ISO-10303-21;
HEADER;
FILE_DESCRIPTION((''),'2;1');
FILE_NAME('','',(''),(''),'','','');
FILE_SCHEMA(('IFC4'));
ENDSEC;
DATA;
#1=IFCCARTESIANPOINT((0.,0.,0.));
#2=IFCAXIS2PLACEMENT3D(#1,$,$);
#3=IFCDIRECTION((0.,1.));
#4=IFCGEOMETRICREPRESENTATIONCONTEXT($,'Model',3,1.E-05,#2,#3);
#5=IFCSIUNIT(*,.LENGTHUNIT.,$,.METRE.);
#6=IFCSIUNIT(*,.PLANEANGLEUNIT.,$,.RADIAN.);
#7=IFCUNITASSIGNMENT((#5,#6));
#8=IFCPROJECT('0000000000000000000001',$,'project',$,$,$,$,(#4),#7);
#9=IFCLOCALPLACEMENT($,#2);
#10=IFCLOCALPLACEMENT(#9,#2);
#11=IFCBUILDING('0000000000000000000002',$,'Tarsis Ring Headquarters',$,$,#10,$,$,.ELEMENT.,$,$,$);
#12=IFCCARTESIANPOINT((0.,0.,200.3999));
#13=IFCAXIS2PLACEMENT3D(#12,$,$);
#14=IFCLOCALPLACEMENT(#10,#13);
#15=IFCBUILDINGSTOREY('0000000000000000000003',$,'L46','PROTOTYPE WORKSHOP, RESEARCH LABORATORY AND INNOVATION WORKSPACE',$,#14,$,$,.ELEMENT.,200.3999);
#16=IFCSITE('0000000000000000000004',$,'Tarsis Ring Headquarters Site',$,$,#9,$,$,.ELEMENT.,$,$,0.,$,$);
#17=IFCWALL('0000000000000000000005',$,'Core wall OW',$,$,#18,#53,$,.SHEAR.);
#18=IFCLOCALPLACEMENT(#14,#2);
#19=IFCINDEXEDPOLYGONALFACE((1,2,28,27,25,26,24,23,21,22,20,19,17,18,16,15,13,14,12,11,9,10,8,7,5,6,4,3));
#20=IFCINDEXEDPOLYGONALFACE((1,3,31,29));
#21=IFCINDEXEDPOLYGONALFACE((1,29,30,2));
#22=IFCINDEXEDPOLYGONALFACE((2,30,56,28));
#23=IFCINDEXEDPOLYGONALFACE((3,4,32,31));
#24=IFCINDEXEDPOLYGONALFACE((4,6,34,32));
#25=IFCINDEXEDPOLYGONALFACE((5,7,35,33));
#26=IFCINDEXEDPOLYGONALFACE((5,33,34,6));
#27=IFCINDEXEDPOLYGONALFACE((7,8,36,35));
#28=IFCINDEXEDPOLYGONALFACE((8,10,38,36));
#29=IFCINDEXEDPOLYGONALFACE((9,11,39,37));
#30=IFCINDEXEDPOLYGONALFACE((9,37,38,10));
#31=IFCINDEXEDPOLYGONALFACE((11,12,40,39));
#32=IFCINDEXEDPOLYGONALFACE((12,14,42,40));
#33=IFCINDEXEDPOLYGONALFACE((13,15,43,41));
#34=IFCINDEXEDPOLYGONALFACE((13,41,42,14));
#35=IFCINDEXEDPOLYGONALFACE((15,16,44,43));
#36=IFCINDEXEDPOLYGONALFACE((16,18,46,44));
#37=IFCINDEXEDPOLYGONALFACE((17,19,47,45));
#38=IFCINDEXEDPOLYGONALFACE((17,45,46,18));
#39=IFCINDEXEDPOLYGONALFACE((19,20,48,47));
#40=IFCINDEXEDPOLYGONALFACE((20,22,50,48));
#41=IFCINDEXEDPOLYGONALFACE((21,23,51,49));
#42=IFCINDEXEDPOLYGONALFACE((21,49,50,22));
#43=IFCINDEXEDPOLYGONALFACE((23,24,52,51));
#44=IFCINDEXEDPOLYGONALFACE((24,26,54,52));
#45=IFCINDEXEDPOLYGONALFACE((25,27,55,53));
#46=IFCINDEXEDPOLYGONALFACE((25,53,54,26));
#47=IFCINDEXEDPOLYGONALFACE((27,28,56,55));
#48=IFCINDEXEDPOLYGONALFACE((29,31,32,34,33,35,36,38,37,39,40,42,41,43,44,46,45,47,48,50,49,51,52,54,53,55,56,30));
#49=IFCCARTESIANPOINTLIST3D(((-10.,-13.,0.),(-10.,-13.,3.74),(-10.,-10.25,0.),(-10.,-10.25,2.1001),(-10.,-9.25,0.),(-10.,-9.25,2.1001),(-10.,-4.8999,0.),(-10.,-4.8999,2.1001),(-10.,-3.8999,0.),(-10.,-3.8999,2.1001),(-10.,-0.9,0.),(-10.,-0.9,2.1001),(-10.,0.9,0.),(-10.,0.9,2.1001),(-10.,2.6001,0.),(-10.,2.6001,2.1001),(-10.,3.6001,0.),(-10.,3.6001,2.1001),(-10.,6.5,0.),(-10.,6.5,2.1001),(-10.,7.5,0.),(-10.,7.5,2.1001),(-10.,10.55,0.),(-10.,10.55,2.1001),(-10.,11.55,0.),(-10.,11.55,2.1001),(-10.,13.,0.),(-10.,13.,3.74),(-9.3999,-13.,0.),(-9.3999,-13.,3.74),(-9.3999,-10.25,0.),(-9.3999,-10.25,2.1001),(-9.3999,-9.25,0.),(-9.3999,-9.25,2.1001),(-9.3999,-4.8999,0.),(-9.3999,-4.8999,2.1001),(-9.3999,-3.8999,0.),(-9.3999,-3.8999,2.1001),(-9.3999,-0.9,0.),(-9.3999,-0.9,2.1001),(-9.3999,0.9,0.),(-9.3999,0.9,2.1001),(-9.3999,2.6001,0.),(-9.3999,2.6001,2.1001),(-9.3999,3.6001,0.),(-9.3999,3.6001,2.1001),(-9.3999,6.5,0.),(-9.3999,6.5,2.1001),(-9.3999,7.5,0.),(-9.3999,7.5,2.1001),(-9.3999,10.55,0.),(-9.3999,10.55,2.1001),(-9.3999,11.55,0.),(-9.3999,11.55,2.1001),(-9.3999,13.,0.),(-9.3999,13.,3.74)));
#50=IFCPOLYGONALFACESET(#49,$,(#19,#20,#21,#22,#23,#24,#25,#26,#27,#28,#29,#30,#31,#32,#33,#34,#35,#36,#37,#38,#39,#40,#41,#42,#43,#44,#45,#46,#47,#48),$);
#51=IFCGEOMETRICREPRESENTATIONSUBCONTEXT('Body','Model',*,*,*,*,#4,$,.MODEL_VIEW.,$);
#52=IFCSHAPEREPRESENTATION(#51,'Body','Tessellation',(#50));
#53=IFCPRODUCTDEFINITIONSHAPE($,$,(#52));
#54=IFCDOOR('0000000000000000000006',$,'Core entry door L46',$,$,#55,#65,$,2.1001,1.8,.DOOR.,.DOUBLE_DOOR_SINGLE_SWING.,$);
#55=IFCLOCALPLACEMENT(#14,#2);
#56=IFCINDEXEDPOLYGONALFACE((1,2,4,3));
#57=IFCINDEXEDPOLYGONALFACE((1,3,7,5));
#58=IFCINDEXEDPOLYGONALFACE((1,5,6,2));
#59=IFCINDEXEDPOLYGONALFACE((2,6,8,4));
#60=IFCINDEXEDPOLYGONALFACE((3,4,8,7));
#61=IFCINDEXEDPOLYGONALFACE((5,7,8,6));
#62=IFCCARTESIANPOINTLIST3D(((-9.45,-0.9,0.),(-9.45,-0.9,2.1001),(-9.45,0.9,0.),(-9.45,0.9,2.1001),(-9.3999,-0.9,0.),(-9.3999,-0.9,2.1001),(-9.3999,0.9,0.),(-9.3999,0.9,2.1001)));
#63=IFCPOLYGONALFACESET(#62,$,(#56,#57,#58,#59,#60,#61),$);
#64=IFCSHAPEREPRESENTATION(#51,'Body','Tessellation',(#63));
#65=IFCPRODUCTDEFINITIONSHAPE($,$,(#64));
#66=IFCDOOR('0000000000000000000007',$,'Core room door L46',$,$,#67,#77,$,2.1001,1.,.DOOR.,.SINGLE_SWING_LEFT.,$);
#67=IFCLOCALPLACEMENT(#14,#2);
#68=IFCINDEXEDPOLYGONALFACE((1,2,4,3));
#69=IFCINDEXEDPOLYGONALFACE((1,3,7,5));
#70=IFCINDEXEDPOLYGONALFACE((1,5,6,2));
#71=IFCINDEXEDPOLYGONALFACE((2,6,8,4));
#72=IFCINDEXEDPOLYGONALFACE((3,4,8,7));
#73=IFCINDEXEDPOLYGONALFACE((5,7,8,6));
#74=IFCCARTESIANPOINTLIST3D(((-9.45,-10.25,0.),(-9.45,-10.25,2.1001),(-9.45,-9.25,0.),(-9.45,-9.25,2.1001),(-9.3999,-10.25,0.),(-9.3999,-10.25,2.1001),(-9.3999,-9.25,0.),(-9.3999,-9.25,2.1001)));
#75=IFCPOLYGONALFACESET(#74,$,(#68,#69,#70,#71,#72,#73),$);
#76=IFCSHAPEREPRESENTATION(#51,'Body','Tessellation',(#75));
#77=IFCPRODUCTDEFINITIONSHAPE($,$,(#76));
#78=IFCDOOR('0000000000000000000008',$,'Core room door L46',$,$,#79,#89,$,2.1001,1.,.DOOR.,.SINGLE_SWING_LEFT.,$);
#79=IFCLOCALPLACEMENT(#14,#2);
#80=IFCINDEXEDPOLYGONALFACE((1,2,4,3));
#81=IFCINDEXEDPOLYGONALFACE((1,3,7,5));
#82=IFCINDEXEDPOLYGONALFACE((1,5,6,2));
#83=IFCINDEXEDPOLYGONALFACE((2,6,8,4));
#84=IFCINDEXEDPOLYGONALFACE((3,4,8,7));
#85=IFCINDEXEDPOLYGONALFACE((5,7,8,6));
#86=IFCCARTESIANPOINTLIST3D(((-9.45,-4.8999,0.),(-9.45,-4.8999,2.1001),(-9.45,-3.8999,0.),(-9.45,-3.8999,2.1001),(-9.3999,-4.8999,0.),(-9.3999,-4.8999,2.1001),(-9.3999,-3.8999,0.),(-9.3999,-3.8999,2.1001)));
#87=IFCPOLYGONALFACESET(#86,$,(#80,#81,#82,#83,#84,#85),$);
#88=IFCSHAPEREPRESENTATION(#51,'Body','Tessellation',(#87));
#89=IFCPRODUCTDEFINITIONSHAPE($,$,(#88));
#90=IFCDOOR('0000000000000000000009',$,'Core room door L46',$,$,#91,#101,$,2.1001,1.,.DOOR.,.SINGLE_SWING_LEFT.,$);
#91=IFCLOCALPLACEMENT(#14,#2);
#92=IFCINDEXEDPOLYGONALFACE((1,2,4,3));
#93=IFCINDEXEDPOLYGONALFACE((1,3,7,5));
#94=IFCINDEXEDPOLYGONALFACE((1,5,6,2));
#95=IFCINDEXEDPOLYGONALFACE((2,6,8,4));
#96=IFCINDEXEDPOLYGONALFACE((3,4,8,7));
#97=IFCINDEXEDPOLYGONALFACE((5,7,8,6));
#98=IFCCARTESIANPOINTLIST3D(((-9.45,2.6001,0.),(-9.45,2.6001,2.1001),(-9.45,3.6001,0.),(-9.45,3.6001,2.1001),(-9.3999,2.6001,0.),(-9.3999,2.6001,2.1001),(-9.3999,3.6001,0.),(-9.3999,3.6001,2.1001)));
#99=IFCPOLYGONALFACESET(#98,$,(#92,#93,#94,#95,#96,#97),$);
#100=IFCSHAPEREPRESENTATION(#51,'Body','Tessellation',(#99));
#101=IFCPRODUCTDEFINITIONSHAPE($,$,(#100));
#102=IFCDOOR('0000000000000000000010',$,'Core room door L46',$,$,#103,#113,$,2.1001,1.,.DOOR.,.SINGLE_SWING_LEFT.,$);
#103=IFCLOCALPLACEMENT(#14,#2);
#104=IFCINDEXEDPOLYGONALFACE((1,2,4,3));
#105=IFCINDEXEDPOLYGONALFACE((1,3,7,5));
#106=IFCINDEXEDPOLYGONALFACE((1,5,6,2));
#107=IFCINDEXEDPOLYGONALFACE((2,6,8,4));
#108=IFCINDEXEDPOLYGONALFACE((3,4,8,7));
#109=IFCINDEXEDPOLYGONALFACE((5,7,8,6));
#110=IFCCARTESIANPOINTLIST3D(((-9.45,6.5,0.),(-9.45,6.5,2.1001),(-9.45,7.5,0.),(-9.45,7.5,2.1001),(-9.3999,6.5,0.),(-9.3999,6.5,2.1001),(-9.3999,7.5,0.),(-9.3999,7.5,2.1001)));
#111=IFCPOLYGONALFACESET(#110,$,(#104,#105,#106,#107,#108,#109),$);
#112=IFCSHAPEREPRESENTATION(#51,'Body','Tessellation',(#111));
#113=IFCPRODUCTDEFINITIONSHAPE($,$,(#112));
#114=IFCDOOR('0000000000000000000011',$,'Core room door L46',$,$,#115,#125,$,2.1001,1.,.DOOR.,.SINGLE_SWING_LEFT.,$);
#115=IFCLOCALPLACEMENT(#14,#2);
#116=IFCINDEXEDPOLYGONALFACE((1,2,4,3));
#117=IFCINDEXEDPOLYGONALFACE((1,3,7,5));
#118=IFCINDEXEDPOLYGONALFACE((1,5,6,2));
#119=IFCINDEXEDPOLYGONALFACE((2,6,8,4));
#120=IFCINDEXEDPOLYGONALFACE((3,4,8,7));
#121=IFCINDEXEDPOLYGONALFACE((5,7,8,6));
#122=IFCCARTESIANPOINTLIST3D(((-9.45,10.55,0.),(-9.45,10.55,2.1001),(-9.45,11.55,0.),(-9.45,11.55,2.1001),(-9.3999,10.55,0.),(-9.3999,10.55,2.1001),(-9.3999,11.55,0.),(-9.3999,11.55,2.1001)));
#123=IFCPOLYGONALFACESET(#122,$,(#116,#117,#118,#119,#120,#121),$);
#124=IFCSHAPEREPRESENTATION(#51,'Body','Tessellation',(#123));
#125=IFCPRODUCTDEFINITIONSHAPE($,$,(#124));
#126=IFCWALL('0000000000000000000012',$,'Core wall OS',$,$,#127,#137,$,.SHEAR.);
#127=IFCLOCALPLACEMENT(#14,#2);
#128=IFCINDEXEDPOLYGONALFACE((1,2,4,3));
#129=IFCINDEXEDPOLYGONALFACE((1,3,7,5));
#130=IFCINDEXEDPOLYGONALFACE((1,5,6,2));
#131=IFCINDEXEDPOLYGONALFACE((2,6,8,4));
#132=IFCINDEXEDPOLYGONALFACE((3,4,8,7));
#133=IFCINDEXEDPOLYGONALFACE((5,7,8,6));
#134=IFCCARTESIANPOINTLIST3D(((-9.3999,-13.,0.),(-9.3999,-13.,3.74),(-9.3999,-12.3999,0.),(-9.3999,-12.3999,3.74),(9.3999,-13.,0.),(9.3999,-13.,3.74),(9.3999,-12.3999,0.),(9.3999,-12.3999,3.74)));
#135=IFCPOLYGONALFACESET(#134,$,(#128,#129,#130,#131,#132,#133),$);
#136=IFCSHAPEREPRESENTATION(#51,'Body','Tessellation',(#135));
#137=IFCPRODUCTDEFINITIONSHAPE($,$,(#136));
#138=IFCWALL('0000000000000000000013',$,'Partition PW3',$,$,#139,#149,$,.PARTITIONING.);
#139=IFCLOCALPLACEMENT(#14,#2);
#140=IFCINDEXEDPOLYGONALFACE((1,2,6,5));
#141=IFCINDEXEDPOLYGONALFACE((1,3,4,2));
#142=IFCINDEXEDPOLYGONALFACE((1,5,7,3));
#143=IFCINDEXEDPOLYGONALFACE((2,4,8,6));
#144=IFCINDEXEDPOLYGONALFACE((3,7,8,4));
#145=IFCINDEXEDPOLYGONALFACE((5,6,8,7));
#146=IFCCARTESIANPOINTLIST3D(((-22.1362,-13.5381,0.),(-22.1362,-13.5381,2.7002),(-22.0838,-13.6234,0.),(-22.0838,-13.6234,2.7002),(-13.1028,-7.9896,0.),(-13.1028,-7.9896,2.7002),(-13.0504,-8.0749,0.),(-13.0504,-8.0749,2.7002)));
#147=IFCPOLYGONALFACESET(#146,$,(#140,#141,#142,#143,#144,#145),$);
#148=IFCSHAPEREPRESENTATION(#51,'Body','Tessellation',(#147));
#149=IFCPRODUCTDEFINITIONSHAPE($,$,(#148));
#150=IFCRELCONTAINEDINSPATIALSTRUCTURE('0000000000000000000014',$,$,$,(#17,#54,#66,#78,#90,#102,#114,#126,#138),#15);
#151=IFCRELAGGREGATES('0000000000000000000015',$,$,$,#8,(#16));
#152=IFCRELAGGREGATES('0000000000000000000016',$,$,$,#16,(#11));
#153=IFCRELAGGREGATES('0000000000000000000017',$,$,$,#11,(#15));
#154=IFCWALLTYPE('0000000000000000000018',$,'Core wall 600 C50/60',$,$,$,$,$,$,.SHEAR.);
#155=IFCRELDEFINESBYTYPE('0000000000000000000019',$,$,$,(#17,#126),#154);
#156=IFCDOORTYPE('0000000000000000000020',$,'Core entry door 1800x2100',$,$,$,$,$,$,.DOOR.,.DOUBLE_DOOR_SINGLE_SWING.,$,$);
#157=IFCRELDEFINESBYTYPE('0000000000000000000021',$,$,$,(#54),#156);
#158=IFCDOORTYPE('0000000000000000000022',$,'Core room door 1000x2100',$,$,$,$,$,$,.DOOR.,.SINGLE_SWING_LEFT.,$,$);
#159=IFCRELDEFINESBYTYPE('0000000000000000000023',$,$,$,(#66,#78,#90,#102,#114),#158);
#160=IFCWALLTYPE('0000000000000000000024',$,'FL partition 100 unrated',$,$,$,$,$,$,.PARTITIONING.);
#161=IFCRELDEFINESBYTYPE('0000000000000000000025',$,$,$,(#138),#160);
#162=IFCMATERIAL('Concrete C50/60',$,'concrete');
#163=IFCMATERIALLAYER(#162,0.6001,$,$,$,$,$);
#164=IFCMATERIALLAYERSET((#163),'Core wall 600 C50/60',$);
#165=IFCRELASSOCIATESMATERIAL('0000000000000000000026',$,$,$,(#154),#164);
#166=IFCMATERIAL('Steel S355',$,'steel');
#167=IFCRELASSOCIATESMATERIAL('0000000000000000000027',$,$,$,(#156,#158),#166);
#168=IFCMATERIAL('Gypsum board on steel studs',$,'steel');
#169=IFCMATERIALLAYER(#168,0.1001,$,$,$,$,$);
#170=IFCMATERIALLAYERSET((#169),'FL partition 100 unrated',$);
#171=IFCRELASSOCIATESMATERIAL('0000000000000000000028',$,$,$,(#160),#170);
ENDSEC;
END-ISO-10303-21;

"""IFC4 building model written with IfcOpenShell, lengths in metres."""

from ifc_helpers import new_model, si_unit, direction, frame, frame_2d, origin, place, context, subcontext, project, spatial, rectangle, extrude, material, layer, layer_set, type_object, element, fill, save


model = new_model("IFC4")

# Units and contexts
model_context = context("Model", 3, precision=1e-05, world=origin(), true_north=direction((0.0, 1.0)))
body_context = subcontext(model_context, "Body", "Model", "MODEL_VIEW")
ifc_project = project(units=[si_unit("LENGTHUNIT", "METRE"), si_unit("PLANEANGLEUNIT", "RADIAN")], contexts=[model_context])

# Site, building, storey
site_placement = place(None, origin())
site = spatial("IfcSite", under=ifc_project, at=site_placement, Name="Tarsis Ring Headquarters Site", CompositionType="ELEMENT", RefElevation=0.0)
building_placement = place(site_placement, origin())
building = spatial("IfcBuilding", under=site, at=building_placement, Name="Tarsis Ring Headquarters", CompositionType="ELEMENT")
storey_placement = place(building_placement, frame((0.0, 0.0, 200.3999)))
storey = spatial("IfcBuildingStorey", under=building, at=storey_placement, Name="L46", Description="PROTOTYPE WORKSHOP, RESEARCH LABORATORY AND INNOVATION WORKSPACE", CompositionType="ELEMENT", Elevation=200.3999)

# Wall, openings, doors
ifc_material_1 = material(Name="Concrete C50/60", Category="concrete")
ifc_layer_1 = layer(ifc_material_1, 0.6001)
ifc_layer_set_1 = layer_set([ifc_layer_1], Name="Core wall 600 C50/60")
wall_type_1 = type_object("IfcWallType", Name="Core wall 600 C50/60", PredefinedType="SHEAR", material=ifc_layer_set_1)
wall_1_placement = place(storey_placement, frame((-9.7, -13.0, 0.0), z_axis=(0.0, 0.0, 1.0), x_axis=(0.0, 1.0, 0.0)))
wall_1 = element("IfcWall", 1, at=wall_1_placement, inside=storey, type_object=wall_type_1, Name="Core wall OW", PredefinedType="SHEAR", context=body_context, shape_type="SweptSolid", body=[
    extrude(rectangle(XDim=26.0, YDim=0.6001, at=frame_2d((13.0, 0.0))), origin(), (0.0, 0.0, 1.0), 3.74),
])
opening_1_placement = place(wall_1_placement, frame((2.75, 0.0, 0.0)))
opening_1 = element("IfcOpeningElement", 2, at=opening_1_placement, cuts=wall_1, PredefinedType="OPENING", context=body_context, shape_type="SweptSolid", body=[
    extrude(rectangle(XDim=1.0, YDim=2.1001, at=frame_2d((0.5, 1.05))), frame((0.0, 0.3101, 0.0), z_axis=(0.0, -1.0, 0.0), x_axis=(1.0, 0.0, 0.0)), (0.0, 0.0, 1.0), 0.6201),
])
opening_2_placement = place(wall_1_placement, frame((8.1001, 0.0, 0.0)))
opening_2 = element("IfcOpeningElement", 3, at=opening_2_placement, cuts=wall_1, PredefinedType="OPENING", context=body_context, shape_type="SweptSolid", body=[
    extrude(rectangle(XDim=1.0, YDim=2.1001, at=frame_2d((0.5, 1.05))), frame((0.0, 0.3101, 0.0), z_axis=(0.0, -1.0, 0.0), x_axis=(1.0, 0.0, 0.0)), (0.0, 0.0, 1.0), 0.6201),
])
opening_3_placement = place(wall_1_placement, frame((12.1001, 0.0, 0.0)))
opening_3 = element("IfcOpeningElement", 4, at=opening_3_placement, cuts=wall_1, PredefinedType="OPENING", context=body_context, shape_type="SweptSolid", body=[
    extrude(rectangle(XDim=1.8, YDim=2.1001, at=frame_2d((0.8999, 1.05))), frame((0.0, 0.3101, 0.0), z_axis=(0.0, -1.0, 0.0), x_axis=(1.0, 0.0, 0.0)), (0.0, 0.0, 1.0), 0.6201),
])
opening_4_placement = place(wall_1_placement, frame((15.6001, 0.0, 0.0)))
opening_4 = element("IfcOpeningElement", 5, at=opening_4_placement, cuts=wall_1, PredefinedType="OPENING", context=body_context, shape_type="SweptSolid", body=[
    extrude(rectangle(XDim=1.0, YDim=2.1001, at=frame_2d((0.5, 1.05))), frame((0.0, 0.3101, 0.0), z_axis=(0.0, -1.0, 0.0), x_axis=(1.0, 0.0, 0.0)), (0.0, 0.0, 1.0), 0.6201),
])
opening_5_placement = place(wall_1_placement, frame((19.5, 0.0, 0.0)))
opening_5 = element("IfcOpeningElement", 6, at=opening_5_placement, cuts=wall_1, PredefinedType="OPENING", context=body_context, shape_type="SweptSolid", body=[
    extrude(rectangle(XDim=1.0, YDim=2.1001, at=frame_2d((0.5, 1.05))), frame((0.0, 0.3101, 0.0), z_axis=(0.0, -1.0, 0.0), x_axis=(1.0, 0.0, 0.0)), (0.0, 0.0, 1.0), 0.6201),
])
opening_6_placement = place(wall_1_placement, frame((23.55, 0.0, 0.0)))
opening_6 = element("IfcOpeningElement", 7, at=opening_6_placement, cuts=wall_1, PredefinedType="OPENING", context=body_context, shape_type="SweptSolid", body=[
    extrude(rectangle(XDim=1.0, YDim=2.1001, at=frame_2d((0.5, 1.05))), frame((0.0, 0.3101, 0.0), z_axis=(0.0, -1.0, 0.0), x_axis=(1.0, 0.0, 0.0)), (0.0, 0.0, 1.0), 0.6201),
])
ifc_material_2 = material(Name="Steel S355", Category="steel")
door_type_1 = type_object("IfcDoorType", Name="Core entry door 1800x2100", OperationType="DOUBLE_DOOR_SINGLE_SWING", PredefinedType="DOOR", material=ifc_material_2)
door_1_placement = place(opening_3_placement, origin())
door_1 = element("IfcDoor", 8, at=door_1_placement, inside=storey, type_object=door_type_1, Name="Core entry door L46", OperationType="DOUBLE_DOOR_SINGLE_SWING", OverallHeight=2.1001, OverallWidth=1.8, PredefinedType="DOOR", context=body_context, shape_type="SweptSolid", body=[
    extrude(rectangle(XDim=1.8, YDim=2.1001, at=frame_2d((0.8999, 1.05))), frame((0.0, -0.25, 0.0), z_axis=(0.0, -1.0, 0.0), x_axis=(1.0, 0.0, 0.0)), (0.0, 0.0, 1.0), 0.05),
])
fill(opening_3, door_1)
door_type_2 = type_object("IfcDoorType", Name="Core room door 1000x2100", OperationType="SINGLE_SWING_LEFT", PredefinedType="DOOR", material=ifc_material_2)
door_2_placement = place(opening_1_placement, origin())
door_2 = element("IfcDoor", 9, at=door_2_placement, inside=storey, type_object=door_type_2, Name="Core room door L46", OperationType="SINGLE_SWING_LEFT", OverallHeight=2.1001, OverallWidth=1.0, PredefinedType="DOOR", context=body_context, shape_type="SweptSolid", body=[
    extrude(rectangle(XDim=1.0, YDim=2.1001, at=frame_2d((0.5, 1.05))), frame((0.0, -0.25, 0.0), z_axis=(0.0, -1.0, 0.0), x_axis=(1.0, 0.0, 0.0)), (0.0, 0.0, 1.0), 0.05),
])
fill(opening_1, door_2)
door_3_placement = place(opening_2_placement, origin())
door_3 = element("IfcDoor", 10, at=door_3_placement, inside=storey, type_object=door_type_2, Name="Core room door L46", OperationType="SINGLE_SWING_LEFT", OverallHeight=2.1001, OverallWidth=1.0, PredefinedType="DOOR", context=body_context, shape_type="SweptSolid", body=[
    extrude(rectangle(XDim=1.0, YDim=2.1001, at=frame_2d((0.5, 1.05))), frame((0.0, -0.25, 0.0), z_axis=(0.0, -1.0, 0.0), x_axis=(1.0, 0.0, 0.0)), (0.0, 0.0, 1.0), 0.05),
])
fill(opening_2, door_3)
door_4_placement = place(opening_4_placement, origin())
door_4 = element("IfcDoor", 11, at=door_4_placement, inside=storey, type_object=door_type_2, Name="Core room door L46", OperationType="SINGLE_SWING_LEFT", OverallHeight=2.1001, OverallWidth=1.0, PredefinedType="DOOR", context=body_context, shape_type="SweptSolid", body=[
    extrude(rectangle(XDim=1.0, YDim=2.1001, at=frame_2d((0.5, 1.05))), frame((0.0, -0.25, 0.0), z_axis=(0.0, -1.0, 0.0), x_axis=(1.0, 0.0, 0.0)), (0.0, 0.0, 1.0), 0.05),
])
fill(opening_4, door_4)
door_5_placement = place(opening_5_placement, origin())
door_5 = element("IfcDoor", 12, at=door_5_placement, inside=storey, type_object=door_type_2, Name="Core room door L46", OperationType="SINGLE_SWING_LEFT", OverallHeight=2.1001, OverallWidth=1.0, PredefinedType="DOOR", context=body_context, shape_type="SweptSolid", body=[
    extrude(rectangle(XDim=1.0, YDim=2.1001, at=frame_2d((0.5, 1.05))), frame((0.0, -0.25, 0.0), z_axis=(0.0, -1.0, 0.0), x_axis=(1.0, 0.0, 0.0)), (0.0, 0.0, 1.0), 0.05),
])
fill(opening_5, door_5)
door_6_placement = place(opening_6_placement, origin())
door_6 = element("IfcDoor", 13, at=door_6_placement, inside=storey, type_object=door_type_2, Name="Core room door L46", OperationType="SINGLE_SWING_LEFT", OverallHeight=2.1001, OverallWidth=1.0, PredefinedType="DOOR", context=body_context, shape_type="SweptSolid", body=[
    extrude(rectangle(XDim=1.0, YDim=2.1001, at=frame_2d((0.5, 1.05))), frame((0.0, -0.25, 0.0), z_axis=(0.0, -1.0, 0.0), x_axis=(1.0, 0.0, 0.0)), (0.0, 0.0, 1.0), 0.05),
])
fill(opening_6, door_6)

# Walls
wall_2_placement = place(storey_placement, frame((-9.3999, -12.7, 0.0), z_axis=(0.0, 0.0, 1.0), x_axis=(1.0, 0.0, 0.0)))
element("IfcWall", 14, at=wall_2_placement, inside=storey, type_object=wall_type_1, Name="Core wall OS", PredefinedType="SHEAR", context=body_context, shape_type="SweptSolid", body=[
    extrude(rectangle(XDim=18.7998, YDim=0.6001, at=frame_2d((9.3999, 0.0))), origin(), (0.0, 0.0, 1.0), 3.74),
])
ifc_material_3 = material(Name="Gypsum board on steel studs", Category="steel")
ifc_layer_2 = layer(ifc_material_3, 0.1001)
ifc_layer_set_2 = layer_set([ifc_layer_2], Name="FL partition 100 unrated")
wall_type_2 = type_object("IfcWallType", Name="FL partition 100 unrated", PredefinedType="PARTITIONING", material=ifc_layer_set_2)
wall_3_placement = place(storey_placement, frame((-22.1101, -13.5808, 0.0), z_axis=(0.0, 0.0, 1.0), x_axis=(0.852098, 0.523382, 0.0)))
element("IfcWall", 15, at=wall_3_placement, inside=storey, type_object=wall_type_2, Name="Partition PW3", PredefinedType="PARTITIONING", context=body_context, shape_type="SweptSolid", body=[
    extrude(rectangle(XDim=10.6013, YDim=0.1001, at=frame_2d((5.3008, 0.0))), origin(), (0.0, 0.0, 1.0), 2.7002),
])

save(model, "model.ifc")
